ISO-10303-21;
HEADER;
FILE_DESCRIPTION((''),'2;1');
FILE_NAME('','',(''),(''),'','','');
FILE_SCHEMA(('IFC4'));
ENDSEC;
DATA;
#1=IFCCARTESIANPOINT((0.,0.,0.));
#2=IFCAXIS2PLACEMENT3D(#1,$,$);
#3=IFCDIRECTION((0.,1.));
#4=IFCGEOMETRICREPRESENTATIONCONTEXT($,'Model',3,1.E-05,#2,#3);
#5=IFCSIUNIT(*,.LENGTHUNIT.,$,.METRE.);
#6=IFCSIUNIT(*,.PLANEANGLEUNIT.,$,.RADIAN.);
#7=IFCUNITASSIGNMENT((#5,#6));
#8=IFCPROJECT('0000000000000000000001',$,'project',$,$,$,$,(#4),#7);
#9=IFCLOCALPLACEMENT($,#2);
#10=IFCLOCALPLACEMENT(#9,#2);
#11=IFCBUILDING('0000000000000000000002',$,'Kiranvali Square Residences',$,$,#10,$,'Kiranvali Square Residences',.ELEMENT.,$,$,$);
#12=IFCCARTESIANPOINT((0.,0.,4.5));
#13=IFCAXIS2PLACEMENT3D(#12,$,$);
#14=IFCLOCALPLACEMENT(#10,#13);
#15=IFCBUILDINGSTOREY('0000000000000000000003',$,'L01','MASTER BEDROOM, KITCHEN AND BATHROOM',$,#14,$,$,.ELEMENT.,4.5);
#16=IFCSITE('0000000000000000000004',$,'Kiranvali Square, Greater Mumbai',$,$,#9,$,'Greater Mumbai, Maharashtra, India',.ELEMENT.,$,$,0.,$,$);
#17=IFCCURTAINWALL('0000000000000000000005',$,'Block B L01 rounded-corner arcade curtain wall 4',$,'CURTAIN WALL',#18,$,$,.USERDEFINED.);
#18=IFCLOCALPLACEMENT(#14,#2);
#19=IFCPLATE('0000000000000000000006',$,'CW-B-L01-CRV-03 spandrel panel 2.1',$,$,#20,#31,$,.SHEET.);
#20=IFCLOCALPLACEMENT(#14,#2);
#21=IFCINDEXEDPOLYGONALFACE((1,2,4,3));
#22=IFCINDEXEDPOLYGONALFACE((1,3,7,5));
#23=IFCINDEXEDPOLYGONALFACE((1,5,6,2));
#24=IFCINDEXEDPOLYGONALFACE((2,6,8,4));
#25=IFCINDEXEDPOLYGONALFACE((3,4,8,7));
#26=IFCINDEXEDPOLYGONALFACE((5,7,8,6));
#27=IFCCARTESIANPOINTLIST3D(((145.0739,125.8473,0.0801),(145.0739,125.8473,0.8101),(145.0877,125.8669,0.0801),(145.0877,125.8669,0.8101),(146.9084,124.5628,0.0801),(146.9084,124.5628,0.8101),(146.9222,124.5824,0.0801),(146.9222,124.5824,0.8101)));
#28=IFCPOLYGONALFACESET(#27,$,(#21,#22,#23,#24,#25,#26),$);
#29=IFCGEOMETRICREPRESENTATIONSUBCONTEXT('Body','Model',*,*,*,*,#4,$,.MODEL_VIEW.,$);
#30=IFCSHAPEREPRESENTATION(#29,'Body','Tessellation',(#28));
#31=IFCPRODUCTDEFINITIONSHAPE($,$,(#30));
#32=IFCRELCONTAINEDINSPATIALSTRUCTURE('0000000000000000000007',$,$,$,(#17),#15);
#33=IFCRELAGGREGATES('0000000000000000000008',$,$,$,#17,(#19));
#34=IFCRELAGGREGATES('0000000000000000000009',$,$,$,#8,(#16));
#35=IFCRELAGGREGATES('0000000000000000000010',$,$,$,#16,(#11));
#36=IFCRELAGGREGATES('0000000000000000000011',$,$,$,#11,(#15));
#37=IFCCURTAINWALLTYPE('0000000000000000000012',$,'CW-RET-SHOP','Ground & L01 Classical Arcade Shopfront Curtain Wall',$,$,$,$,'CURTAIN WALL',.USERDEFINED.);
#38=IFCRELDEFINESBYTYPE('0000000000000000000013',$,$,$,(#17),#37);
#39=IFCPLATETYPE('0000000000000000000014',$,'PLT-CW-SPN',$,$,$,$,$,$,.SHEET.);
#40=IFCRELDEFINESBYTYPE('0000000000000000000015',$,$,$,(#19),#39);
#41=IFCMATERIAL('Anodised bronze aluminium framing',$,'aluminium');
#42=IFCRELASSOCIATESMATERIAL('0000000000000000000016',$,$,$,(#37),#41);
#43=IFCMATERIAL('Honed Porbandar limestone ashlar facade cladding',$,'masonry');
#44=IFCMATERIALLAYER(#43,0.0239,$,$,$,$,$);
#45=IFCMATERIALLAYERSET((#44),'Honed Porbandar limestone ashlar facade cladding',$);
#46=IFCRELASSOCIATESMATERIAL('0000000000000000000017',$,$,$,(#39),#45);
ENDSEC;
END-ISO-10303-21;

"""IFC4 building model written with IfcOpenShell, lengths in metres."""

from ifc_helpers import new_model, si_unit, direction, frame, origin, origin_2d, place, context, subcontext, project, spatial, rectangle, extrude, material, layer, layer_set, type_object, element, aggregate, save


model = new_model("IFC4")

# Units and contexts
model_context = context("Model", 3, precision=1e-05, world=origin(), true_north=direction((0.0, 1.0)))
body_context = subcontext(model_context, "Body", "Model", "MODEL_VIEW")
ifc_project = project(units=[si_unit("LENGTHUNIT", "METRE"), si_unit("PLANEANGLEUNIT", "RADIAN")], contexts=[model_context])

# Site, building, storey
site_placement = place(None, origin())
site = spatial("IfcSite", under=ifc_project, at=site_placement, Name="Kiranvali Square, Greater Mumbai", LongName="Greater Mumbai, Maharashtra, India", CompositionType="ELEMENT", RefElevation=0.0)
building_placement = place(site_placement, origin())
building = spatial("IfcBuilding", under=site, at=building_placement, Name="Kiranvali Square Residences", LongName="Kiranvali Square Residences", CompositionType="ELEMENT")
storey_placement = place(building_placement, frame((0.0, 0.0, 4.5)))
storey = spatial("IfcBuildingStorey", under=building, at=storey_placement, Name="L01", Description="MASTER BEDROOM, KITCHEN AND BATHROOM", CompositionType="ELEMENT", Elevation=4.5)

# Curtain wall
ifc_material_1 = material(Name="Anodised bronze aluminium framing", Category="aluminium")
curtain_wall_type = type_object("IfcCurtainWallType", Name="CW-RET-SHOP", Description="Ground & L01 Classical Arcade Shopfront Curtain Wall", ElementType="CURTAIN WALL", PredefinedType="USERDEFINED", material=ifc_material_1)
curtain_wall_1_placement = place(storey_placement, origin())
curtain_wall_1 = element("IfcCurtainWall", 1, at=curtain_wall_1_placement, inside=storey, type_object=curtain_wall_type, Name="Block B L01 rounded-corner arcade curtain wall 4", ObjectType="CURTAIN WALL", PredefinedType="USERDEFINED")

# Plate
ifc_material_2 = material(Name="Honed Porbandar limestone ashlar facade cladding", Category="masonry")
ifc_layer_1 = layer(ifc_material_2, 0.0239)
ifc_layer_set_1 = layer_set([ifc_layer_1], Name="Honed Porbandar limestone ashlar facade cladding")
plate_type_1 = type_object("IfcPlateType", Name="PLT-CW-SPN", PredefinedType="SHEET", material=ifc_layer_set_1)
plate_1_placement = place(storey_placement, frame((145.998, 125.2148, 0.0801), z_axis=(0.0, 0.0, 1.0), x_axis=(0.819152, -0.573576, 0.0)))
plate_1 = element("IfcPlate", 2, at=plate_1_placement, type_object=plate_type_1, Name="CW-B-L01-CRV-03 spandrel panel 2.1", PredefinedType="SHEET", context=body_context, shape_type="SweptSolid", body=[
    extrude(rectangle(XDim=2.2395, YDim=0.0239, at=origin_2d()), origin(), (0.0, 0.0, 1.0), 0.73),
])
aggregate(curtain_wall_1, [plate_1])

save(model, "model.ifc")
